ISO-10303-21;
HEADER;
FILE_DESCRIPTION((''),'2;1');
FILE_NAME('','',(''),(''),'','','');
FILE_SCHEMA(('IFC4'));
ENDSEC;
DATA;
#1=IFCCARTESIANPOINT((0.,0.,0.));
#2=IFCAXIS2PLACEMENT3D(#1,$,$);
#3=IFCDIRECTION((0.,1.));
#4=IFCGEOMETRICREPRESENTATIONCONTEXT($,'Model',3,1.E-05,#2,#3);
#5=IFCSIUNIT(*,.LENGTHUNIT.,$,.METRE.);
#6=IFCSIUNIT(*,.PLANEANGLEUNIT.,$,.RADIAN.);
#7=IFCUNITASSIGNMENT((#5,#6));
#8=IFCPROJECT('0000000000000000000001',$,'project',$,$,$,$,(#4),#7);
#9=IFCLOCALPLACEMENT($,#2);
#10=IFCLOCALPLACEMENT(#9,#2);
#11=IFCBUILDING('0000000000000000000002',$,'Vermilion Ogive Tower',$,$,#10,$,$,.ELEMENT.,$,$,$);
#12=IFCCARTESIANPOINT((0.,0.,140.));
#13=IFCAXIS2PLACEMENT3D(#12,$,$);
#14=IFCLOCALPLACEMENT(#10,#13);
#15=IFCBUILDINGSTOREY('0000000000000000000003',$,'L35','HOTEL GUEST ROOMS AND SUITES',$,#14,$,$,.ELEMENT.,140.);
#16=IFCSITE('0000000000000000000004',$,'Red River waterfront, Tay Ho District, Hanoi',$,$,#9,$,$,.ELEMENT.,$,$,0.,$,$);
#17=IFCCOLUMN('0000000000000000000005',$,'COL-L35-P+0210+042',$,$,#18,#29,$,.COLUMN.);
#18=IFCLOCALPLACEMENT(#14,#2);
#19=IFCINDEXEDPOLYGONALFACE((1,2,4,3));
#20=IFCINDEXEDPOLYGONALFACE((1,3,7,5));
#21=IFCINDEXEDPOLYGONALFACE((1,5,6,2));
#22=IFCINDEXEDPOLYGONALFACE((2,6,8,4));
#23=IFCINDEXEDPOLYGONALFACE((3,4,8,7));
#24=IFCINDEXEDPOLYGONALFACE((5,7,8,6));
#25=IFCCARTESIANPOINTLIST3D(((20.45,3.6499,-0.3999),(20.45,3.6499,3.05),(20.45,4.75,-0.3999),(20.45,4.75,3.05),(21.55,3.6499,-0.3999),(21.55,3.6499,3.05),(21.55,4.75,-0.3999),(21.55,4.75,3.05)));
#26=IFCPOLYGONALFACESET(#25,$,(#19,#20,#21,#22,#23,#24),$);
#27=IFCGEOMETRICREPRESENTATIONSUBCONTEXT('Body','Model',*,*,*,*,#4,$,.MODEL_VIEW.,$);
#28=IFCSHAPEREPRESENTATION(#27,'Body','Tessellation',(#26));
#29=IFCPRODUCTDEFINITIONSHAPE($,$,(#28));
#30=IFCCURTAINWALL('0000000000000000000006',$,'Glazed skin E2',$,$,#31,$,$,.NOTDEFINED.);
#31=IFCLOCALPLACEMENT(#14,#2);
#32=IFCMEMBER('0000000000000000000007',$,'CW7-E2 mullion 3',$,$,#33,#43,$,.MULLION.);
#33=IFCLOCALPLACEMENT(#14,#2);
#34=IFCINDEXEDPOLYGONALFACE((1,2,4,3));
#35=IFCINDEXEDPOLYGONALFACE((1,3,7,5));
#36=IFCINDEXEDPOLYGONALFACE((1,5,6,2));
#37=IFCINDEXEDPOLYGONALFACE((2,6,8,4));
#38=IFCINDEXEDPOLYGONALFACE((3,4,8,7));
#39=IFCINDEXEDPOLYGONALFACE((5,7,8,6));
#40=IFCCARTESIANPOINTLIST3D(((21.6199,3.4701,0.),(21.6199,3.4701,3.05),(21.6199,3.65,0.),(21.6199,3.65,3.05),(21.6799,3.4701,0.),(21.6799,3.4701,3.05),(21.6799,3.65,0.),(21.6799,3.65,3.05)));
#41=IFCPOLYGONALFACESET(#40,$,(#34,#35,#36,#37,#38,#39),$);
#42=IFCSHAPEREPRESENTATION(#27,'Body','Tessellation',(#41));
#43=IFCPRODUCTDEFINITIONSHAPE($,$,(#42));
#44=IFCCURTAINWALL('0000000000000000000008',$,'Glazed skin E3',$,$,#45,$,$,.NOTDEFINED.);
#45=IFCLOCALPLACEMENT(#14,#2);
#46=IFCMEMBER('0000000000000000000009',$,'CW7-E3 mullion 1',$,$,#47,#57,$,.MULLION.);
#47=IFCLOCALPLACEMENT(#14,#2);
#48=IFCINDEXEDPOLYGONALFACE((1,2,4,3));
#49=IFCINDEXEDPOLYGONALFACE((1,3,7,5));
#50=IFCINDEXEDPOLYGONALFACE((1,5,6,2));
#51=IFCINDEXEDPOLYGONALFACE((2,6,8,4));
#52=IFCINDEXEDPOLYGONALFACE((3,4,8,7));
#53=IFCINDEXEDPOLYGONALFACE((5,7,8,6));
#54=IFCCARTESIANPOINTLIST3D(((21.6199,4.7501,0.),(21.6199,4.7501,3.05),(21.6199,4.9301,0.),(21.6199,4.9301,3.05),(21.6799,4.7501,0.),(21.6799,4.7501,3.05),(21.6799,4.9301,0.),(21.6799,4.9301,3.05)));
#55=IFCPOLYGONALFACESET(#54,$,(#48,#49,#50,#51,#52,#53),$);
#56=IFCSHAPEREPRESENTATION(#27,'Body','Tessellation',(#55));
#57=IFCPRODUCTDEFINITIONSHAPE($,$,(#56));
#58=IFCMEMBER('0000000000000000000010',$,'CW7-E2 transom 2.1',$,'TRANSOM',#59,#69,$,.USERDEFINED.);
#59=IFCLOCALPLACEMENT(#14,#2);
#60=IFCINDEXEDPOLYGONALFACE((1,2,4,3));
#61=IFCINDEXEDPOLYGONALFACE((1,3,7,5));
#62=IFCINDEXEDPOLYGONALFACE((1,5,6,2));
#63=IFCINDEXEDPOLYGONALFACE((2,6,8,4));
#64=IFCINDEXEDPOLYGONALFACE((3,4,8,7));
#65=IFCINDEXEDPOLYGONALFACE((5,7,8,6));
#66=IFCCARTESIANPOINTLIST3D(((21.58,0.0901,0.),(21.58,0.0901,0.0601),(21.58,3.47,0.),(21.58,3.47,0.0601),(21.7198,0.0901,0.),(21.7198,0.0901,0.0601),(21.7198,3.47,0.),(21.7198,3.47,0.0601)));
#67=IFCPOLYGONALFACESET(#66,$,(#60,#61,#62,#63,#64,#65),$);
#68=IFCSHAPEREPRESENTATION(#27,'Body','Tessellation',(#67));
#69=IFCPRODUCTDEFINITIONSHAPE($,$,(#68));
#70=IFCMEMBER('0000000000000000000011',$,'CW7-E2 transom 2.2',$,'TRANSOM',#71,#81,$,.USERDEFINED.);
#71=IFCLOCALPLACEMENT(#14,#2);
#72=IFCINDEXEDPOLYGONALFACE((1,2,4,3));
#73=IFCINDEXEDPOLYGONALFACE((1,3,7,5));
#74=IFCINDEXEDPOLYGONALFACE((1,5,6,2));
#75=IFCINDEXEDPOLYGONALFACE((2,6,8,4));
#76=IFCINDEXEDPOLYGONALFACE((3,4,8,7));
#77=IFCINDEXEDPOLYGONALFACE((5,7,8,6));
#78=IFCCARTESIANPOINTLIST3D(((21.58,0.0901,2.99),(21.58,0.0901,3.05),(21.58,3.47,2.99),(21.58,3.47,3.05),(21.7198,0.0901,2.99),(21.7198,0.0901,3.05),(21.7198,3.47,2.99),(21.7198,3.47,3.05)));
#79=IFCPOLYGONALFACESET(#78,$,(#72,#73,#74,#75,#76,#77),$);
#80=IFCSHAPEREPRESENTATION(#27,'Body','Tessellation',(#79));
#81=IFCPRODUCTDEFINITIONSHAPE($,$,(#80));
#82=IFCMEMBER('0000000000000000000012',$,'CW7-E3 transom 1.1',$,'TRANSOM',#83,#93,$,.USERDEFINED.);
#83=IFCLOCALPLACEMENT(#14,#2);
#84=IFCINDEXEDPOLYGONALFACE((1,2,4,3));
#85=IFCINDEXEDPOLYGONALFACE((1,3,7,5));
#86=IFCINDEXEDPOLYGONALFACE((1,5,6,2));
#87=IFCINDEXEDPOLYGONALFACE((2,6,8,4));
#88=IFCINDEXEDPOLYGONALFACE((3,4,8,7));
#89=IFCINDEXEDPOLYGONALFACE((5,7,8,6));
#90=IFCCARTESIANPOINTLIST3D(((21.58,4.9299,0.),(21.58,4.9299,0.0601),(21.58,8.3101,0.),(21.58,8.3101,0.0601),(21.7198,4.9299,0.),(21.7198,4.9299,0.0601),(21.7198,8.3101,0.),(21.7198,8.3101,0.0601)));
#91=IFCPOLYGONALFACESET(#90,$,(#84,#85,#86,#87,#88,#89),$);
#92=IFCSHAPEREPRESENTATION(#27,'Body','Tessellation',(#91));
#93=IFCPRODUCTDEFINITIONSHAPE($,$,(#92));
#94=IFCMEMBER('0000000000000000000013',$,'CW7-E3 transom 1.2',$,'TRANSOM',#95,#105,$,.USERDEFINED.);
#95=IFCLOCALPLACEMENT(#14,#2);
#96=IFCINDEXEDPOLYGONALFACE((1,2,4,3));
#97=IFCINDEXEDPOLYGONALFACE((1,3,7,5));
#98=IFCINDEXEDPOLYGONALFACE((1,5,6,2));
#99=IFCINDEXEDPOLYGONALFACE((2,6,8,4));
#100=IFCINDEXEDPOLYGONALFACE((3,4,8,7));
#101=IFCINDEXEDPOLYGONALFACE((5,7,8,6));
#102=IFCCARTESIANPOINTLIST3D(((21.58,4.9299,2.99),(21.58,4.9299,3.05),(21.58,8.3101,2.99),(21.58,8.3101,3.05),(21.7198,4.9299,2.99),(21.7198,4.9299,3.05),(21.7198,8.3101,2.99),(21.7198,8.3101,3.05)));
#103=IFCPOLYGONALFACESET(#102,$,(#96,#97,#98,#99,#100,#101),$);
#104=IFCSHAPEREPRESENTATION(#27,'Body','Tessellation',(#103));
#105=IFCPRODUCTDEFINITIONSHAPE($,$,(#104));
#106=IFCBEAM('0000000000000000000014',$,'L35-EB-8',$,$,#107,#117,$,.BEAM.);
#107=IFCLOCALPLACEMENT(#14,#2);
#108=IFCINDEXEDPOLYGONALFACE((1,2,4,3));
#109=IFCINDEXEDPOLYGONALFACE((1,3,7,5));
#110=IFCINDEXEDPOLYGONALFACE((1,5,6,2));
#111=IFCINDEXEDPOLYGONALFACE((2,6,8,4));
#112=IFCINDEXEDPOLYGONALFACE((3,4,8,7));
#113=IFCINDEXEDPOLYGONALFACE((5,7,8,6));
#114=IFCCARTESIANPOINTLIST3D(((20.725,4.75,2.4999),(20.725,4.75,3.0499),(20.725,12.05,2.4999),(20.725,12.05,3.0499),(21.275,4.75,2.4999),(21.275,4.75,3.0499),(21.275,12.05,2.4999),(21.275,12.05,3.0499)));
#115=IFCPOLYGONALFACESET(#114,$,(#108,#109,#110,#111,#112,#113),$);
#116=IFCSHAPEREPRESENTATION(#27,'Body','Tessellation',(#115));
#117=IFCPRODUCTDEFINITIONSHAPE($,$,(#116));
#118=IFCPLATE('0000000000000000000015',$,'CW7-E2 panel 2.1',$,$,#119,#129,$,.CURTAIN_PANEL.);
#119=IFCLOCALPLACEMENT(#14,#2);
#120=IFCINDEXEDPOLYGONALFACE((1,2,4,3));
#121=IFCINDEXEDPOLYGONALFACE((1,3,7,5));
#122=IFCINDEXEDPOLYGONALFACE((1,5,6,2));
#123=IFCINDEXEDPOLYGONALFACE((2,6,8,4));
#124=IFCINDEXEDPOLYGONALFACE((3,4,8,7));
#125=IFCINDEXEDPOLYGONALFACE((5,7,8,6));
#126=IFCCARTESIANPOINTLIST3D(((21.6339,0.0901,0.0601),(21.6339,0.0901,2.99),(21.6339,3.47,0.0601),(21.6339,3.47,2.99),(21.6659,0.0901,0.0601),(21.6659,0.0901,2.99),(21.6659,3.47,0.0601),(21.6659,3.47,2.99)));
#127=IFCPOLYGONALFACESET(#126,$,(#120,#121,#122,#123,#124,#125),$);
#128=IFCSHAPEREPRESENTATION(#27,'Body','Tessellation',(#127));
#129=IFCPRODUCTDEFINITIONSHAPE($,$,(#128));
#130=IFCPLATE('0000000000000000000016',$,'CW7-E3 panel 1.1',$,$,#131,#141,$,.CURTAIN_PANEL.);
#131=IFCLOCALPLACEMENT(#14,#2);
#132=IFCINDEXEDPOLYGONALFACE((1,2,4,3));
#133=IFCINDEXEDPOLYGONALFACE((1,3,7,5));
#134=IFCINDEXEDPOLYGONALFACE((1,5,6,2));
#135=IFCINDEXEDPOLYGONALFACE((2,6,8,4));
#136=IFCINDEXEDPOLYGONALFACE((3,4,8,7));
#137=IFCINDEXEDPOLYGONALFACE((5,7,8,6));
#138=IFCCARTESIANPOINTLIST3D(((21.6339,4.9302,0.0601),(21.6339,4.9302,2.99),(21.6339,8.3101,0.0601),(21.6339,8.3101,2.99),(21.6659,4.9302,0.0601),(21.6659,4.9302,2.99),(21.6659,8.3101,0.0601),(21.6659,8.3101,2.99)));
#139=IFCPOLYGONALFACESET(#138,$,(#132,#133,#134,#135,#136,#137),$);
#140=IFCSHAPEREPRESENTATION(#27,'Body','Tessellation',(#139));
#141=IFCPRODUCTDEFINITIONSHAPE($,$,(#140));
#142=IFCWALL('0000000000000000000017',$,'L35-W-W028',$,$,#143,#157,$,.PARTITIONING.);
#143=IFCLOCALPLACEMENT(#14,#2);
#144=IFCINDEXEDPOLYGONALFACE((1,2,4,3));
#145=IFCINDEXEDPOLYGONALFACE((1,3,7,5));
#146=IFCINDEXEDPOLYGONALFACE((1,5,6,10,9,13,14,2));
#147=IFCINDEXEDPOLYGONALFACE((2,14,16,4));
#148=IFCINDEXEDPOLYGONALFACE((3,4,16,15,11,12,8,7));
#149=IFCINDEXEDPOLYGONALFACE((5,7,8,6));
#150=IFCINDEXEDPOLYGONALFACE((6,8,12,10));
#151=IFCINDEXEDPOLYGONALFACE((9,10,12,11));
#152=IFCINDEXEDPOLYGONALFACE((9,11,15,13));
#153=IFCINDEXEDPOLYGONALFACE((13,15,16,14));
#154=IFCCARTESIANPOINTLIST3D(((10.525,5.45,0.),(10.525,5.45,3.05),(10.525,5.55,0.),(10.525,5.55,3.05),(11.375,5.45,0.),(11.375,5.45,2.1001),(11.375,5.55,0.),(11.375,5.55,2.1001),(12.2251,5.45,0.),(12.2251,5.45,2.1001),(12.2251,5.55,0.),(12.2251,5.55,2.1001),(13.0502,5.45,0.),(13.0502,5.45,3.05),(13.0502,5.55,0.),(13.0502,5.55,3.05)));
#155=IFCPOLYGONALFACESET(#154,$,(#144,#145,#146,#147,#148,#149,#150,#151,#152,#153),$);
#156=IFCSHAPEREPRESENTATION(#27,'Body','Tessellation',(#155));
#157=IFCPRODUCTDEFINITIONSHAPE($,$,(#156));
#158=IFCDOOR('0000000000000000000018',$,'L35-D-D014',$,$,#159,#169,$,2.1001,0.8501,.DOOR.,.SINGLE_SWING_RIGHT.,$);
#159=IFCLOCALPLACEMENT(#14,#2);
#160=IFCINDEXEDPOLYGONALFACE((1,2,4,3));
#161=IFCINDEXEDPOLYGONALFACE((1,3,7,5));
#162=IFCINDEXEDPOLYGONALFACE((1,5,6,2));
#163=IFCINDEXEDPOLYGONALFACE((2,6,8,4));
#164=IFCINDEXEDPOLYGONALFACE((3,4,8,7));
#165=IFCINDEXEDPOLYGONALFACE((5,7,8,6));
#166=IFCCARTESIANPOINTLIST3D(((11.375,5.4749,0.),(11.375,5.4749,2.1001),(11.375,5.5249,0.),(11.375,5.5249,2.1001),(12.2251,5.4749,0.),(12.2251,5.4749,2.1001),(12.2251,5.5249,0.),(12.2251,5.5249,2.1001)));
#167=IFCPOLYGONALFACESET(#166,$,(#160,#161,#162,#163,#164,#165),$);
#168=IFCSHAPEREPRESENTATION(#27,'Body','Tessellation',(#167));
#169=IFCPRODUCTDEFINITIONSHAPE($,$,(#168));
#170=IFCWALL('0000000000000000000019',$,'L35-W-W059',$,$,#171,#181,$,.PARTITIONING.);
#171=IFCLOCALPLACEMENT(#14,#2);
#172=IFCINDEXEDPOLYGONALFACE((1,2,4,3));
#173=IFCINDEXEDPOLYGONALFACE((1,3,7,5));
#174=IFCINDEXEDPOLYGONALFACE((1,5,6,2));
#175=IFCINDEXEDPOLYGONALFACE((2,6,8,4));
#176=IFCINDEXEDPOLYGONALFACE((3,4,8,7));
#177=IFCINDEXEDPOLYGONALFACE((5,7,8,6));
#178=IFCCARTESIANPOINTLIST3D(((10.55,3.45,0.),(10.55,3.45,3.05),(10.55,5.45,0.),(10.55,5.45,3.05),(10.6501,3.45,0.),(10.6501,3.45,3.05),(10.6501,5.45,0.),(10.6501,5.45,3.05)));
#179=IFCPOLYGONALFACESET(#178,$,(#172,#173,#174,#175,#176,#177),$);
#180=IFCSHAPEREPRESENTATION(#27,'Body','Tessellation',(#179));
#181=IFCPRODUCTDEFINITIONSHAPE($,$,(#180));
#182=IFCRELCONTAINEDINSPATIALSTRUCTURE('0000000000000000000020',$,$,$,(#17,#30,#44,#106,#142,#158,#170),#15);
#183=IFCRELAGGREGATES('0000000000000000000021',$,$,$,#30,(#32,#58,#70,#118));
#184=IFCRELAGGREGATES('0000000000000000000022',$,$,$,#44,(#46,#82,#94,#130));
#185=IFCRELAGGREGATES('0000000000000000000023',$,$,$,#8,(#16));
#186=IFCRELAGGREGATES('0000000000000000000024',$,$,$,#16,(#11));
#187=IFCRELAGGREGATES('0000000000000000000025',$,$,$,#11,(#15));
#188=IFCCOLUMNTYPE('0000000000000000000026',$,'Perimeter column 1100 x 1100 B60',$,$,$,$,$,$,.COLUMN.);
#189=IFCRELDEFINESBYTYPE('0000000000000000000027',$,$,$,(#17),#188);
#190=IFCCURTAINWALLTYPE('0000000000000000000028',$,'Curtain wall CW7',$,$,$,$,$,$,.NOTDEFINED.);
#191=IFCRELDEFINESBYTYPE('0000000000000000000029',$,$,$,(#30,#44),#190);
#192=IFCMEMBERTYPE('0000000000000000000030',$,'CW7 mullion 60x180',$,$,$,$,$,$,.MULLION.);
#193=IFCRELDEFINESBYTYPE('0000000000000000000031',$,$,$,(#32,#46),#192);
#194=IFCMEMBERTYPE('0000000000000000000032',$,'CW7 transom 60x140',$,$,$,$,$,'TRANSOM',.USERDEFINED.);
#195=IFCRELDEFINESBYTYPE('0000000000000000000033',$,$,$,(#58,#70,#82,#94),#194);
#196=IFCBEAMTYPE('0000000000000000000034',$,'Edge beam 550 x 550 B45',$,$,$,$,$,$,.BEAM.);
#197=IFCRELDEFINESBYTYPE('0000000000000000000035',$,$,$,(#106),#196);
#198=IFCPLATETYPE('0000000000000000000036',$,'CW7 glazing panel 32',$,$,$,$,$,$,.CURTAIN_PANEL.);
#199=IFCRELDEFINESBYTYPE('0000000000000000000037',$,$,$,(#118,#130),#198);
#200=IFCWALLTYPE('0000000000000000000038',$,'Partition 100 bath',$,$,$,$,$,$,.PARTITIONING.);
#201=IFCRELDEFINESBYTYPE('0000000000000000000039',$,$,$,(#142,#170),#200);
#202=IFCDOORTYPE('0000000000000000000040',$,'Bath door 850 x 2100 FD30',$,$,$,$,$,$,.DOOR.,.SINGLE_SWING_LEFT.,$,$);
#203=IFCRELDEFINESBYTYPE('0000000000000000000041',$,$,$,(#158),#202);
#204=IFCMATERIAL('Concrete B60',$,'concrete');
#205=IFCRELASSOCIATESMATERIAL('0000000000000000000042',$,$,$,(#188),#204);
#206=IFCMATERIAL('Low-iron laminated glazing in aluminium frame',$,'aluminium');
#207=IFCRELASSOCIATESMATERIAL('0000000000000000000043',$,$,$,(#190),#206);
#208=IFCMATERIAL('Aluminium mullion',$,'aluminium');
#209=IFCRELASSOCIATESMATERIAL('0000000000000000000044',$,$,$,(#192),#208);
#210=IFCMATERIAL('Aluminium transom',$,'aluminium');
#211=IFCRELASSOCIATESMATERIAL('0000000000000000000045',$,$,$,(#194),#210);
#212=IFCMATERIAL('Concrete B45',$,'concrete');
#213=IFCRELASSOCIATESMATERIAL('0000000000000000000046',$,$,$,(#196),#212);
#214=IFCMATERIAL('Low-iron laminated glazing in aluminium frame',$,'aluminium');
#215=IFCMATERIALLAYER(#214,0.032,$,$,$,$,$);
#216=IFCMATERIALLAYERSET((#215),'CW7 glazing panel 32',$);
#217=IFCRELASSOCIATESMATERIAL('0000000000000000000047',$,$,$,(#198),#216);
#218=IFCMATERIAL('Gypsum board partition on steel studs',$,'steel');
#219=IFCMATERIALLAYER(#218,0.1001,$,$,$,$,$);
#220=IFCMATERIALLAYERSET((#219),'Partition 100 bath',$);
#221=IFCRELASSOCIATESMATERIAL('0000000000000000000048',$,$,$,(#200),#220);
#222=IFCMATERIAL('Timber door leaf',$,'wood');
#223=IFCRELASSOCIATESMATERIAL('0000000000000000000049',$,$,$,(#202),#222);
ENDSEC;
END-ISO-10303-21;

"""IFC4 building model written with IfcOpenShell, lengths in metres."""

from ifc_helpers import new_model, si_unit, direction, frame, frame_2d, origin, origin_2d, place, context, subcontext, project, spatial, rectangle, extrude, material, layer, layer_set, material_profile, profile_set, type_object, element, fill, aggregate, save


model = new_model("IFC4")

# Units and contexts
model_context = context("Model", 3, precision=1e-05, world=origin(), true_north=direction((0.0, 1.0)))
body_context = subcontext(model_context, "Body", "Model", "MODEL_VIEW")
ifc_project = project(units=[si_unit("LENGTHUNIT", "METRE"), si_unit("PLANEANGLEUNIT", "RADIAN")], contexts=[model_context])

# Site, building, storey
site_placement = place(None, origin())
site = spatial("IfcSite", under=ifc_project, at=site_placement, Name="Red River waterfront, Tay Ho District, Hanoi", CompositionType="ELEMENT", RefElevation=0.0)
building_placement = place(site_placement, origin())
building = spatial("IfcBuilding", under=site, at=building_placement, Name="Vermilion Ogive Tower", CompositionType="ELEMENT")
storey_placement = place(building_placement, frame((0.0, 0.0, 140.0)))
storey = spatial("IfcBuildingStorey", under=building, at=storey_placement, Name="L35", Description="HOTEL GUEST ROOMS AND SUITES", CompositionType="ELEMENT", Elevation=140.0)

# Column
ifc_material_1 = material(Name="Concrete B60", Category="concrete")
ifc_material_profile_1 = material_profile(ifc_material_1, rectangle(XDim=1.1001, YDim=1.1001, at=origin_2d()), Name="1100 x 1100")
ifc_profile_set_1 = profile_set([ifc_material_profile_1], Name="Concrete B60")
column_type = type_object("IfcColumnType", Name="Perimeter column 1100 x 1100 B60", PredefinedType="COLUMN", material=ifc_profile_set_1)
column_placement = place(storey_placement, frame((21.0, 4.2, -0.3999), z_axis=(0.0, 0.0, 1.0), x_axis=(1.0, 0.0, 0.0)))
element("IfcColumn", 1, at=column_placement, inside=storey, type_object=column_type, Name="COL-L35-P+0210+042", PredefinedType="COLUMN", context=body_context, shape_type="SweptSolid", body=[
    extrude(rectangle(XDim=1.1001, YDim=1.1001, at=origin_2d()), origin(), (0.0, 0.0, 1.0), 3.45),
])

# Curtain walls, members
ifc_material_2 = material(Name="Low-iron laminated glazing in aluminium frame", Category="aluminium")
curtain_wall_type = type_object("IfcCurtainWallType", Name="Curtain wall CW7", PredefinedType="NOTDEFINED", material=ifc_material_2)
curtain_wall_1_placement = place(storey_placement, origin())
curtain_wall_1 = element("IfcCurtainWall", 2, at=curtain_wall_1_placement, inside=storey, type_object=curtain_wall_type, Name="Glazed skin E2", PredefinedType="NOTDEFINED")
ifc_material_3 = material(Name="Aluminium mullion", Category="aluminium")
ifc_material_profile_2 = material_profile(ifc_material_3, rectangle(XDim=0.0601, YDim=0.1799, at=origin_2d()), Name="AL 60x180")
ifc_profile_set_2 = profile_set([ifc_material_profile_2], Name="Aluminium mullion")
member_type_1 = type_object("IfcMemberType", Name="CW7 mullion 60x180", PredefinedType="MULLION", material=ifc_profile_set_2)
member_1_placement = place(storey_placement, frame((21.6499, 3.5601, 0.0), z_axis=(0.0, 0.0, 1.0), x_axis=(-1.0, 0.0, 0.0)))
member_1 = element("IfcMember", 3, at=member_1_placement, type_object=member_type_1, Name="CW7-E2 mullion 3", PredefinedType="MULLION", context=body_context, shape_type="SweptSolid", body=[
    extrude(rectangle(XDim=0.0601, YDim=0.1799, at=origin_2d()), origin(), (0.0, 0.0, 1.0), 3.05),
])
curtain_wall_2_placement = place(storey_placement, origin())
curtain_wall_2 = element("IfcCurtainWall", 4, at=curtain_wall_2_placement, inside=storey, type_object=curtain_wall_type, Name="Glazed skin E3", PredefinedType="NOTDEFINED")
member_2_placement = place(storey_placement, frame((21.6499, 4.8401, 0.0), z_axis=(0.0, 0.0, 1.0), x_axis=(-1.0, 0.0, 0.0)))
member_2 = element("IfcMember", 5, at=member_2_placement, type_object=member_type_1, Name="CW7-E3 mullion 1", PredefinedType="MULLION", context=body_context, shape_type="SweptSolid", body=[
    extrude(rectangle(XDim=0.0601, YDim=0.1799, at=origin_2d()), origin(), (0.0, 0.0, 1.0), 3.05),
])

# Members
ifc_material_4 = material(Name="Aluminium transom", Category="aluminium")
ifc_material_profile_3 = material_profile(ifc_material_4, rectangle(XDim=0.1399, YDim=0.0601, at=origin_2d()), Name="AL 60x140")
ifc_profile_set_3 = profile_set([ifc_material_profile_3], Name="Aluminium transom")
member_type_2 = type_object("IfcMemberType", Name="CW7 transom 60x140", ElementType="TRANSOM", PredefinedType="USERDEFINED", material=ifc_profile_set_3)
member_3_placement = place(storey_placement, frame((21.6499, 0.0901, 0.03), z_axis=(0.0, 1.0, 0.0), x_axis=(-1.0, 0.0, 0.0)))
member_3 = element("IfcMember", 6, at=member_3_placement, type_object=member_type_2, Name="CW7-E2 transom 2.1", ObjectType="TRANSOM", PredefinedType="USERDEFINED", context=body_context, shape_type="SweptSolid", body=[
    extrude(rectangle(XDim=0.1399, YDim=0.0601, at=origin_2d()), origin(), (0.0, 0.0, 1.0), 3.3799),
])
member_4_placement = place(storey_placement, frame((21.6499, 0.0901, 3.02), z_axis=(0.0, 1.0, 0.0), x_axis=(-1.0, 0.0, 0.0)))
member_4 = element("IfcMember", 7, at=member_4_placement, type_object=member_type_2, Name="CW7-E2 transom 2.2", ObjectType="TRANSOM", PredefinedType="USERDEFINED", context=body_context, shape_type="SweptSolid", body=[
    extrude(rectangle(XDim=0.1399, YDim=0.0601, at=origin_2d()), origin(), (0.0, 0.0, 1.0), 3.3799),
])
member_5_placement = place(storey_placement, frame((21.6499, 4.9299, 0.03), z_axis=(0.0, 1.0, 0.0), x_axis=(-1.0, 0.0, 0.0)))
member_5 = element("IfcMember", 8, at=member_5_placement, type_object=member_type_2, Name="CW7-E3 transom 1.1", ObjectType="TRANSOM", PredefinedType="USERDEFINED", context=body_context, shape_type="SweptSolid", body=[
    extrude(rectangle(XDim=0.1399, YDim=0.0601, at=origin_2d()), origin(), (0.0, 0.0, 1.0), 3.3801),
])
member_6_placement = place(storey_placement, frame((21.6499, 4.9299, 3.02), z_axis=(0.0, 1.0, 0.0), x_axis=(-1.0, 0.0, 0.0)))
member_6 = element("IfcMember", 9, at=member_6_placement, type_object=member_type_2, Name="CW7-E3 transom 1.2", ObjectType="TRANSOM", PredefinedType="USERDEFINED", context=body_context, shape_type="SweptSolid", body=[
    extrude(rectangle(XDim=0.1399, YDim=0.0601, at=origin_2d()), origin(), (0.0, 0.0, 1.0), 3.3801),
])

# Beam
ifc_material_5 = material(Name="Concrete B45", Category="concrete")
ifc_material_profile_4 = material_profile(ifc_material_5, rectangle(XDim=0.55, YDim=0.55, at=origin_2d()), Name="550 x 550")
ifc_profile_set_4 = profile_set([ifc_material_profile_4], Name="Concrete B45")
beam_type = type_object("IfcBeamType", Name="Edge beam 550 x 550 B45", PredefinedType="BEAM", material=ifc_profile_set_4)
beam_placement = place(storey_placement, frame((21.0, 4.75, 2.7749), z_axis=(0.0, 1.0, 0.0), x_axis=(-1.0, 0.0, 0.0)))
element("IfcBeam", 10, at=beam_placement, inside=storey, type_object=beam_type, Name="L35-EB-8", PredefinedType="BEAM", context=body_context, shape_type="SweptSolid", body=[
    extrude(rectangle(XDim=0.55, YDim=0.55, at=origin_2d()), origin(), (0.0, 0.0, 1.0), 7.3),
])

# Plates
ifc_material_6 = material(Name="Low-iron laminated glazing in aluminium frame", Category="aluminium")
ifc_layer_1 = layer(ifc_material_6, 0.032)
ifc_layer_set_1 = layer_set([ifc_layer_1], Name="CW7 glazing panel 32")
plate_type = type_object("IfcPlateType", Name="CW7 glazing panel 32", PredefinedType="CURTAIN_PANEL", material=ifc_layer_set_1)
plate_1_placement = place(storey_placement, frame((21.6499, 1.78, 0.0601), z_axis=(0.0, 0.0, 1.0), x_axis=(0.0, 1.0, 0.0)))
plate_1 = element("IfcPlate", 11, at=plate_1_placement, type_object=plate_type, Name="CW7-E2 panel 2.1", PredefinedType="CURTAIN_PANEL", context=body_context, shape_type="SweptSolid", body=[
    extrude(rectangle(XDim=3.3799, YDim=0.032, at=origin_2d()), origin(), (0.0, 0.0, 1.0), 2.9299),
])
aggregate(curtain_wall_1, [member_1, member_3, member_4, plate_1])
plate_2_placement = place(storey_placement, frame((21.6499, 6.6201, 0.0601), z_axis=(0.0, 0.0, 1.0), x_axis=(0.0, 1.0, 0.0)))
plate_2 = element("IfcPlate", 12, at=plate_2_placement, type_object=plate_type, Name="CW7-E3 panel 1.1", PredefinedType="CURTAIN_PANEL", context=body_context, shape_type="SweptSolid", body=[
    extrude(rectangle(XDim=3.3799, YDim=0.032, at=origin_2d()), origin(), (0.0, 0.0, 1.0), 2.9299),
])
aggregate(curtain_wall_2, [member_2, member_5, member_6, plate_2])

# Wall, opening, door
ifc_material_7 = material(Name="Gypsum board partition on steel studs", Category="steel")
ifc_layer_2 = layer(ifc_material_7, 0.1001)
ifc_layer_set_2 = layer_set([ifc_layer_2], Name="Partition 100 bath")
wall_type_1 = type_object("IfcWallType", Name="Partition 100 bath", PredefinedType="PARTITIONING", material=ifc_layer_set_2)
wall_1_placement = place(storey_placement, frame((10.5249, 5.5, 0.0), z_axis=(0.0, 0.0, 1.0), x_axis=(1.0, 0.0, 0.0)))
wall_1 = element("IfcWall", 13, at=wall_1_placement, inside=storey, type_object=wall_type_1, Name="L35-W-W028", PredefinedType="PARTITIONING", context=body_context, shape_type="SweptSolid", body=[
    extrude(rectangle(XDim=2.5251, YDim=0.1001, at=frame_2d((1.2627, 0.0))), origin(), (0.0, 0.0, 1.0), 3.05),
])
opening_placement = place(wall_1_placement, frame((0.8501, 0.0, 0.0)))
opening = element("IfcOpeningElement", 14, at=opening_placement, cuts=wall_1, PredefinedType="OPENING", context=body_context, shape_type="SweptSolid", body=[
    extrude(rectangle(XDim=0.8501, YDim=2.1001, at=frame_2d((0.425, 1.05))), frame((0.0, 0.0601, 0.0), z_axis=(0.0, -1.0, 0.0), x_axis=(1.0, 0.0, 0.0)), (0.0, 0.0, 1.0), 0.1201),
])
ifc_material_8 = material(Name="Timber door leaf", Category="wood")
door_type = type_object("IfcDoorType", Name="Bath door 850 x 2100 FD30", OperationType="SINGLE_SWING_LEFT", PredefinedType="DOOR", material=ifc_material_8)
door_placement = place(opening_placement, origin())
door = element("IfcDoor", 15, at=door_placement, inside=storey, type_object=door_type, Name="L35-D-D014", OperationType="SINGLE_SWING_RIGHT", OverallHeight=2.1001, OverallWidth=0.8501, PredefinedType="DOOR", context=body_context, shape_type="SweptSolid", body=[
    extrude(rectangle(XDim=0.8501, YDim=2.1001, at=frame_2d((0.425, 1.05))), frame((0.0, 0.0249, 0.0), z_axis=(0.0, -1.0, 0.0), x_axis=(1.0, 0.0, 0.0)), (0.0, 0.0, 1.0), 0.05),
])
fill(opening, door)

# Wall
wall_2_placement = place(storey_placement, frame((10.6001, 3.45, 0.0), z_axis=(0.0, 0.0, 1.0), x_axis=(0.0, 1.0, 0.0)))
element("IfcWall", 16, at=wall_2_placement, inside=storey, type_object=wall_type_1, Name="L35-W-W059", PredefinedType="PARTITIONING", context=body_context, shape_type="SweptSolid", body=[
    extrude(rectangle(XDim=2.0, YDim=0.1001, at=frame_2d((1.0, 0.0))), origin(), (0.0, 0.0, 1.0), 3.05),
])

save(model, "model.ifc")
